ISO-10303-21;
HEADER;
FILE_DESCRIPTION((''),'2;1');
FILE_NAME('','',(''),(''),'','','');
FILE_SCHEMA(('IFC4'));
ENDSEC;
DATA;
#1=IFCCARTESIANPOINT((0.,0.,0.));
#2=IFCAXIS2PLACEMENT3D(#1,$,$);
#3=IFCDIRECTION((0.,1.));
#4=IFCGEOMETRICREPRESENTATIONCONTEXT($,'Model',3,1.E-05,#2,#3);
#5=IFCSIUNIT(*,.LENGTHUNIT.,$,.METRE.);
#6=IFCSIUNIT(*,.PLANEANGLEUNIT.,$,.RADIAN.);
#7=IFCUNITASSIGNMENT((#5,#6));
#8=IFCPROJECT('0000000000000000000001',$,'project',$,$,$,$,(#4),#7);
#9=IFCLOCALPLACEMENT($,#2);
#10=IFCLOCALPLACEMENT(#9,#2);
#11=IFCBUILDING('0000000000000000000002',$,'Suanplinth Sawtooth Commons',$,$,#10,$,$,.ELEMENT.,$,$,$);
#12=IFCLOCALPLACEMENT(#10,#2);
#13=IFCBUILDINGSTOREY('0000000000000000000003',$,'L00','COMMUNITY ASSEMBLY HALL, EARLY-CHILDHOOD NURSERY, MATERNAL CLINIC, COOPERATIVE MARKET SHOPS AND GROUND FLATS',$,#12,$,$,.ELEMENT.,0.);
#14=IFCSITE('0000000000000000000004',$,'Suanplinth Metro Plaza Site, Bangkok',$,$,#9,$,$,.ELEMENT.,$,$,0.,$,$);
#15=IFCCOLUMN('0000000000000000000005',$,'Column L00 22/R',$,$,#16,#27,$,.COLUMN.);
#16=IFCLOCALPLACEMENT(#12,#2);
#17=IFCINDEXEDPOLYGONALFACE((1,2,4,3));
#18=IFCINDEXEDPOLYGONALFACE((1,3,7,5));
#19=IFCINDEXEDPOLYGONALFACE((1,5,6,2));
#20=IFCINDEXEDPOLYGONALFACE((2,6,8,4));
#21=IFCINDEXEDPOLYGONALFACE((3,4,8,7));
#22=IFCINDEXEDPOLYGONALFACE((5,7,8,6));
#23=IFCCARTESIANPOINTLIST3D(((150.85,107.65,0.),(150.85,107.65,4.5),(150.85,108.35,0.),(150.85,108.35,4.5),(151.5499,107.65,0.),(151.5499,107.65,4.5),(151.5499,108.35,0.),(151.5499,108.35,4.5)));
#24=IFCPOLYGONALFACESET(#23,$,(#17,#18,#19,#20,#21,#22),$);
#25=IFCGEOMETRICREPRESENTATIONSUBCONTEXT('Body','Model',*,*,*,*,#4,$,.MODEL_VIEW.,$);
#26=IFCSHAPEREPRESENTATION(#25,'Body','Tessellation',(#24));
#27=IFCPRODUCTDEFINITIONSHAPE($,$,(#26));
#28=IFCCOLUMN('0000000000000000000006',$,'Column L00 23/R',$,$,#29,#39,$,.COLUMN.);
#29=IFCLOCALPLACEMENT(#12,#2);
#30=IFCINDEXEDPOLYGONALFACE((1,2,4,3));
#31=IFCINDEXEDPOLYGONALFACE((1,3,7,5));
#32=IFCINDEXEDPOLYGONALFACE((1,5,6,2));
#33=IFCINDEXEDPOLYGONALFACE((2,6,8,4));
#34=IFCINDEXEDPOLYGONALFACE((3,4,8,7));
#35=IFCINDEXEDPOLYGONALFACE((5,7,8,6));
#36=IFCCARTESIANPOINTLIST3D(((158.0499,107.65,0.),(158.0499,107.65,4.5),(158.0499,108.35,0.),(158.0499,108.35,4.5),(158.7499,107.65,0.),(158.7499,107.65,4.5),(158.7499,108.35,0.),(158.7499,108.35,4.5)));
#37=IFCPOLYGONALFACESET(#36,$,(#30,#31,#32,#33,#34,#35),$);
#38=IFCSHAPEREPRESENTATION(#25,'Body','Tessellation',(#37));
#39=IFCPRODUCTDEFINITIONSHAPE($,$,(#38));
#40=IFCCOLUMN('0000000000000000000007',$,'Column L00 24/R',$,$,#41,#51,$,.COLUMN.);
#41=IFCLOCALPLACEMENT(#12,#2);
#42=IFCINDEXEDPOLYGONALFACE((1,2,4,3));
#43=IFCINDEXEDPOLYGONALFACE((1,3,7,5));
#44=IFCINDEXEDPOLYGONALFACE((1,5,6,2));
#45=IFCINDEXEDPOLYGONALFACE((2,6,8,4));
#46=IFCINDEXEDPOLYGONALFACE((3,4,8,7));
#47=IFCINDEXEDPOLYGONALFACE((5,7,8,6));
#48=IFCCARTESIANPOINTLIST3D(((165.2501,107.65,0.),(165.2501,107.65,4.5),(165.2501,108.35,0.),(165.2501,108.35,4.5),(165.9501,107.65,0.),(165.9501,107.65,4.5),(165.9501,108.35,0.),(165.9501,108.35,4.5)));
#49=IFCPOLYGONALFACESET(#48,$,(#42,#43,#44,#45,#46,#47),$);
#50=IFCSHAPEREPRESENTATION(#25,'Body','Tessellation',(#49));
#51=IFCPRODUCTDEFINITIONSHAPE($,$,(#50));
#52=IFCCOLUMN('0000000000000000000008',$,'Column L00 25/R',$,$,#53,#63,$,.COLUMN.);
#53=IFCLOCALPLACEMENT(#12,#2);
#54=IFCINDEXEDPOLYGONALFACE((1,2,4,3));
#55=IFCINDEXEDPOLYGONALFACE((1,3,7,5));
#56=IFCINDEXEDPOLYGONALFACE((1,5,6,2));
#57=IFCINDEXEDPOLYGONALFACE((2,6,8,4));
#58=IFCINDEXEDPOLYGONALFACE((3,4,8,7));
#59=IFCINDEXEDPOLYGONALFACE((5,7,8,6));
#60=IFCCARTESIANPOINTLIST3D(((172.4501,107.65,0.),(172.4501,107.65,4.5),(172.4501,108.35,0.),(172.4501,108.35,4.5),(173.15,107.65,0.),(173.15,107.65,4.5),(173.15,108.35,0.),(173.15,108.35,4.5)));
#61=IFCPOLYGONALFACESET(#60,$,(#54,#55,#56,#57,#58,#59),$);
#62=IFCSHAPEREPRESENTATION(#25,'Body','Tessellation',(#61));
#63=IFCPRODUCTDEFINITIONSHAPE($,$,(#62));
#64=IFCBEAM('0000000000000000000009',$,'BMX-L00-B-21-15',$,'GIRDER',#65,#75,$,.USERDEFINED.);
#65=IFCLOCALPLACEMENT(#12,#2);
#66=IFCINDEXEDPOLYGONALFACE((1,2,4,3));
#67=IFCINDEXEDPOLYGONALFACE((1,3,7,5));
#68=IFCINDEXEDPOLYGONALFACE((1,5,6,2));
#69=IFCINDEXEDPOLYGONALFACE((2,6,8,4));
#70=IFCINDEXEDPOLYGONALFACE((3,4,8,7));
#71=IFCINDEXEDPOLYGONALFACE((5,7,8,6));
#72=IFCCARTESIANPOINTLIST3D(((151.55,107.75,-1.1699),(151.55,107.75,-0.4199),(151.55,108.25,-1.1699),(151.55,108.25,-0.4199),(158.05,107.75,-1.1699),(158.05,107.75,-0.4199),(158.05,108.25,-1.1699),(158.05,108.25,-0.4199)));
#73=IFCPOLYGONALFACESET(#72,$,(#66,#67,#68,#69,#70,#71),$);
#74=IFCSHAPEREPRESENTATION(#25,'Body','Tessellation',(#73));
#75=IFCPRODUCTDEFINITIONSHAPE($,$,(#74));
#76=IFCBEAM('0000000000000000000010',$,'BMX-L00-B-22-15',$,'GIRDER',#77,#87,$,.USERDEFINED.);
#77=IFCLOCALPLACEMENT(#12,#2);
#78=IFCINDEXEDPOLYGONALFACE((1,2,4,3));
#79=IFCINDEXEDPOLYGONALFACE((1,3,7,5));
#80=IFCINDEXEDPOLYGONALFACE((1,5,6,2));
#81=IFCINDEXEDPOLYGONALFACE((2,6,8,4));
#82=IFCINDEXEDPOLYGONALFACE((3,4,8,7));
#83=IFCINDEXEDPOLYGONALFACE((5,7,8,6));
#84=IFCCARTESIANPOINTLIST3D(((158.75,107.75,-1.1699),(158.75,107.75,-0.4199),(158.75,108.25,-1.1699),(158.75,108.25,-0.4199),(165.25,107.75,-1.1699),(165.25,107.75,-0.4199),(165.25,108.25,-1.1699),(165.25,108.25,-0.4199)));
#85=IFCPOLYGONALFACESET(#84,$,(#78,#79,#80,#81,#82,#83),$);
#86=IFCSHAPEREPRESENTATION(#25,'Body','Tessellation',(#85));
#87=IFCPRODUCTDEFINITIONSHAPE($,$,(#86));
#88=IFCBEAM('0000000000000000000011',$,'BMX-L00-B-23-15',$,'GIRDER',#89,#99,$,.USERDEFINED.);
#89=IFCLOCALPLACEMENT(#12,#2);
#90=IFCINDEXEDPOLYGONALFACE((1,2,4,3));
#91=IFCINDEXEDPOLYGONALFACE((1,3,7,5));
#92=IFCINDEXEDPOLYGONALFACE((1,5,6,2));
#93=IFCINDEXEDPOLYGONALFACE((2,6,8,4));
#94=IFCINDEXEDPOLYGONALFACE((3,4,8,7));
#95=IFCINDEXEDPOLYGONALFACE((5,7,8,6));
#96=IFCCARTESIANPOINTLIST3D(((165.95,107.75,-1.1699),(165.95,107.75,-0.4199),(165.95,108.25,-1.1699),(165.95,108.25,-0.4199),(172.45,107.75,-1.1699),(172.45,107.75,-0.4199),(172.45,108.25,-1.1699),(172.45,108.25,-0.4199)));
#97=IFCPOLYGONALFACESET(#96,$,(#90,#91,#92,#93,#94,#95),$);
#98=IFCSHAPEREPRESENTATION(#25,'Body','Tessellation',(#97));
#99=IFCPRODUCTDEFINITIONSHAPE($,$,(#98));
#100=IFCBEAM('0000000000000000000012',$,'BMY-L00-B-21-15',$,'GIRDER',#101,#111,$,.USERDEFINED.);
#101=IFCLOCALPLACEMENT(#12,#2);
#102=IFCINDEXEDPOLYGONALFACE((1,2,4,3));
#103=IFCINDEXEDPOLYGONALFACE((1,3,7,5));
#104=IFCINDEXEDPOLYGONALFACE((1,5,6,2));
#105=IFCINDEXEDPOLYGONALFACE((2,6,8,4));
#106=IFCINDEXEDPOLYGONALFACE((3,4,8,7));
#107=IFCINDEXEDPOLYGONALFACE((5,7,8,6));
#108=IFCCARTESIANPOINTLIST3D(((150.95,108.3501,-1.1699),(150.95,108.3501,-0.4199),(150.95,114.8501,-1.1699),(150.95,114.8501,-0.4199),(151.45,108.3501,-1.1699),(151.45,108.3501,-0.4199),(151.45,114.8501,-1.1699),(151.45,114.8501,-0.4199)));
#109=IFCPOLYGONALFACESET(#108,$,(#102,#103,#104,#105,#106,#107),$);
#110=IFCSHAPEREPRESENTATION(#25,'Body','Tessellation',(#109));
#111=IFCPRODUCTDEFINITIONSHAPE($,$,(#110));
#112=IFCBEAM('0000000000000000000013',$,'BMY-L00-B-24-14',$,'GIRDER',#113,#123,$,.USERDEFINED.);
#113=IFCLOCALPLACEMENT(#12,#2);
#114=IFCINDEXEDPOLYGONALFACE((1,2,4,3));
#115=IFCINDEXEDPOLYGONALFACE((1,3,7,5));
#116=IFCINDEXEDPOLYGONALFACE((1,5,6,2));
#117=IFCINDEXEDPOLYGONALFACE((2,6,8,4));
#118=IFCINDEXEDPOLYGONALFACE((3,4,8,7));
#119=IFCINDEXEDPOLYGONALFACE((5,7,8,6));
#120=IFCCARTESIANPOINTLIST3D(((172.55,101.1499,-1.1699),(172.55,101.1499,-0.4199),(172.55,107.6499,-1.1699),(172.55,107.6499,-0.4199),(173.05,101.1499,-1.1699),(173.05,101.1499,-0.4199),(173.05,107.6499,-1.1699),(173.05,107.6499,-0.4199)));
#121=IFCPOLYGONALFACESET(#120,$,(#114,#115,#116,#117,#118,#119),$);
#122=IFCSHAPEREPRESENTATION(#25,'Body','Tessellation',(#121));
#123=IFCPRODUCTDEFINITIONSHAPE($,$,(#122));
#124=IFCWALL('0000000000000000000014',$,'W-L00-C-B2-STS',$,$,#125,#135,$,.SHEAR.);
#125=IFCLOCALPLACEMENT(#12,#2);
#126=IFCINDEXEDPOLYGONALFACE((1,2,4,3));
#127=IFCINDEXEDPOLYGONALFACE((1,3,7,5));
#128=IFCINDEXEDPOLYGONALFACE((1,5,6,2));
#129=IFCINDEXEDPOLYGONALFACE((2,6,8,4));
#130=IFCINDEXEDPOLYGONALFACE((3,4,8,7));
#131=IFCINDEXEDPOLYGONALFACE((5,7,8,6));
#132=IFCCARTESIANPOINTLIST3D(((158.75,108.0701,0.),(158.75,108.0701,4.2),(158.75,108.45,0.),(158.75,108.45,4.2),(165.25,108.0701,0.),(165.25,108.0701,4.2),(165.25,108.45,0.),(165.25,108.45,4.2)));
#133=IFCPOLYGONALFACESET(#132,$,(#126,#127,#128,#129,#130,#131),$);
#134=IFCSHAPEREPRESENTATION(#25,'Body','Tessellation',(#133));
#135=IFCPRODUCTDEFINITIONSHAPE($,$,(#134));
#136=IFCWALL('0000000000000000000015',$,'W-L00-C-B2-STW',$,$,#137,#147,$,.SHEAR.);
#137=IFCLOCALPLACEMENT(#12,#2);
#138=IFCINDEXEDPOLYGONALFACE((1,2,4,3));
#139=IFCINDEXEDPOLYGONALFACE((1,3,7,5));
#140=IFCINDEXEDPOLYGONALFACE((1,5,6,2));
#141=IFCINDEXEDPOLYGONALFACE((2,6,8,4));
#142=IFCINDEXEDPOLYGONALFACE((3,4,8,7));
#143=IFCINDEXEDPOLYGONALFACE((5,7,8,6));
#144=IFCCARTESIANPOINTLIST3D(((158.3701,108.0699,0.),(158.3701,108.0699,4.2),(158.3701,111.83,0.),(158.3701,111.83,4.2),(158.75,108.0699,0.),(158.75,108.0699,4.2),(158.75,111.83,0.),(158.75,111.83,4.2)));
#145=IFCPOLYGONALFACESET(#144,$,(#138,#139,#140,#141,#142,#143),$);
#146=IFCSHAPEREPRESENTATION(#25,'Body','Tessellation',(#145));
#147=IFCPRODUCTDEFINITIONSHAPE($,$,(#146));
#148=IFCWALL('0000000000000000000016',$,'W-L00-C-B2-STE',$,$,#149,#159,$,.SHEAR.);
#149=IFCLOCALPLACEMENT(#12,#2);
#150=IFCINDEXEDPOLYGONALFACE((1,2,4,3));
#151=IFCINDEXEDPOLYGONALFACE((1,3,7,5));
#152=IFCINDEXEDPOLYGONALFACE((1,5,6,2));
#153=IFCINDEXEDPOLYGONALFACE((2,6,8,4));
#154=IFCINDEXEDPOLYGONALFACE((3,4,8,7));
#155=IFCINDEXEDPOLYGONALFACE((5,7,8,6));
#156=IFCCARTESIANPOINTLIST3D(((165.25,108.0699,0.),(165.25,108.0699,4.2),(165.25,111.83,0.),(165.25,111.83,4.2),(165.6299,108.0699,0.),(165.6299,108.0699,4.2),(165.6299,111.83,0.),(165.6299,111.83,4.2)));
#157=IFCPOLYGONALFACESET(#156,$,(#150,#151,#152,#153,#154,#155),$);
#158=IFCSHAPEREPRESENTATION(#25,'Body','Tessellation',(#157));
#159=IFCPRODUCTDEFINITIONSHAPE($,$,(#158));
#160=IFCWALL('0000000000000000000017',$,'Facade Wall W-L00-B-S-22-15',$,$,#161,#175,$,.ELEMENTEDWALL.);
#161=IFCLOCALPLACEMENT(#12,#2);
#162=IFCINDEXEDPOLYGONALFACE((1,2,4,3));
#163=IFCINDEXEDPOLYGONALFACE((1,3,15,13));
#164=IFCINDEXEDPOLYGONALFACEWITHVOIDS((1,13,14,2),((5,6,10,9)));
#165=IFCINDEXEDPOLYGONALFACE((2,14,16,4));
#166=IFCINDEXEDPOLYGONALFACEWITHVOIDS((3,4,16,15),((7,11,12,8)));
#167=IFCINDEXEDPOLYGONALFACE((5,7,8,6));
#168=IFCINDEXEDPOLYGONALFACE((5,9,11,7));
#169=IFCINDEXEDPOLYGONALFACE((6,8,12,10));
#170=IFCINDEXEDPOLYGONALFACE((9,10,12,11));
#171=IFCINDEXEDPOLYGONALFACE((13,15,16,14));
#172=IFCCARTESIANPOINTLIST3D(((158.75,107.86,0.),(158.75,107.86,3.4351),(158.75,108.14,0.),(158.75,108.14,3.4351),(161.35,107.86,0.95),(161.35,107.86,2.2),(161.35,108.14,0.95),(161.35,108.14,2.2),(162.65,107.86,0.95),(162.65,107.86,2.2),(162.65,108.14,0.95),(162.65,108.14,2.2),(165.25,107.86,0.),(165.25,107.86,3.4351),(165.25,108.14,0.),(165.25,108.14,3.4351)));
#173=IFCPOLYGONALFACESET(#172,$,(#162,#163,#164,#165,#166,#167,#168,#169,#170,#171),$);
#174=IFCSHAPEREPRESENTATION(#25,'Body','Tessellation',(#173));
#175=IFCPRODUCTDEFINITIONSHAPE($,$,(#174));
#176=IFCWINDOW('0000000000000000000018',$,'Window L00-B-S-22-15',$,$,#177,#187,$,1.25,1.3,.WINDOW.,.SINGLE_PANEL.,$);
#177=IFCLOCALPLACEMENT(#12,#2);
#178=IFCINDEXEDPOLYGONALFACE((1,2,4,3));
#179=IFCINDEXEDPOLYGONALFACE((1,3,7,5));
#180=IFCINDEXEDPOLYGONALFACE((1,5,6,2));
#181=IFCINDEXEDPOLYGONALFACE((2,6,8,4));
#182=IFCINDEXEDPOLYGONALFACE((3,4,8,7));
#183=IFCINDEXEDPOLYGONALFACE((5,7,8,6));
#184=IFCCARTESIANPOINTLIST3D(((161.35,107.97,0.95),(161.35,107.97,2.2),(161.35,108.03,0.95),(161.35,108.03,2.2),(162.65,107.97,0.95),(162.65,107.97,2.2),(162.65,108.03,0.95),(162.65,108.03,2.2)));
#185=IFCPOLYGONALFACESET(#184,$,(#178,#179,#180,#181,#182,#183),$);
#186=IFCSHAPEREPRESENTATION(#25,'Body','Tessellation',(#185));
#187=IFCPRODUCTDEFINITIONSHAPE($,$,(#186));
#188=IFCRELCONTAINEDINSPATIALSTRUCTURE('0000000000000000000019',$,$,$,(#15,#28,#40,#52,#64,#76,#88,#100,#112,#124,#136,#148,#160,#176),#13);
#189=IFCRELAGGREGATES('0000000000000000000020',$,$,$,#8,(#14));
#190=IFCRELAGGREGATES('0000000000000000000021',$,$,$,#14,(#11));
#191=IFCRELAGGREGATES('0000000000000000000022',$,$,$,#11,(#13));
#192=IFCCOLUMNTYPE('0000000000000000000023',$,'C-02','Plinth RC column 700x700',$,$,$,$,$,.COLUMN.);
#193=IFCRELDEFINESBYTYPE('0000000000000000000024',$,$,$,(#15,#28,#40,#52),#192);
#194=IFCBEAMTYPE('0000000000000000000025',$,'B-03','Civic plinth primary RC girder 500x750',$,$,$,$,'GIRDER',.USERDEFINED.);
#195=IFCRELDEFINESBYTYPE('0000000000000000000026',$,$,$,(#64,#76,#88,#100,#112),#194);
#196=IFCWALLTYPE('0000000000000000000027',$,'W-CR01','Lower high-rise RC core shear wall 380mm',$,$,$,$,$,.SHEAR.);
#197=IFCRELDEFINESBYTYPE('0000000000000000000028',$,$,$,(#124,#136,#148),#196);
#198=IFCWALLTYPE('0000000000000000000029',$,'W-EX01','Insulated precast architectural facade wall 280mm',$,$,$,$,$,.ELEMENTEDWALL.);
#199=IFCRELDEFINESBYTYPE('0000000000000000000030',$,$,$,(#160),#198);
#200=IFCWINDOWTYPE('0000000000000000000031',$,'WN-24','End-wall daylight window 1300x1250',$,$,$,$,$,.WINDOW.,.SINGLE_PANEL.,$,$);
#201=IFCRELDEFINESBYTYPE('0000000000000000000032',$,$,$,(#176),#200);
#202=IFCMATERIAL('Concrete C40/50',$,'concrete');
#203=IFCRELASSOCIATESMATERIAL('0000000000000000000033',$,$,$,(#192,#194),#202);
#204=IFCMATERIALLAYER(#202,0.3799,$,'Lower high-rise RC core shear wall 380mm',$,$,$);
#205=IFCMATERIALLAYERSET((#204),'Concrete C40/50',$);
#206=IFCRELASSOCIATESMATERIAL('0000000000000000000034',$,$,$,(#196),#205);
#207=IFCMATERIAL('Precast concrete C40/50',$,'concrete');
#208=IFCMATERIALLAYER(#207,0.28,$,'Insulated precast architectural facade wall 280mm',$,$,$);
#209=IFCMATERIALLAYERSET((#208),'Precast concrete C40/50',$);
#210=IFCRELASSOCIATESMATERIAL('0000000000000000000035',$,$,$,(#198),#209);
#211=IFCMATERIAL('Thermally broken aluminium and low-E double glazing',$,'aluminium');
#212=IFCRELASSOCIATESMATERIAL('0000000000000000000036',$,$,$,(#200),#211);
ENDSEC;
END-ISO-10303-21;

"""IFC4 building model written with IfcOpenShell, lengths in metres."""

from ifc_helpers import new_model, si_unit, direction, frame, frame_2d, origin, origin_2d, place, context, subcontext, project, spatial, rectangle, extrude, material, layer, layer_set, material_profile, profile_set, type_object, element, fill, save


model = new_model("IFC4")

# Units and contexts
model_context = context("Model", 3, precision=1e-05, world=origin(), true_north=direction((0.0, 1.0)))
body_context = subcontext(model_context, "Body", "Model", "MODEL_VIEW")
ifc_project = project(units=[si_unit("LENGTHUNIT", "METRE"), si_unit("PLANEANGLEUNIT", "RADIAN")], contexts=[model_context])

# Site, building, storey
site_placement = place(None, origin())
site = spatial("IfcSite", under=ifc_project, at=site_placement, Name="Suanplinth Metro Plaza Site, Bangkok", CompositionType="ELEMENT", RefElevation=0.0)
building_placement = place(site_placement, origin())
building = spatial("IfcBuilding", under=site, at=building_placement, Name="Suanplinth Sawtooth Commons", CompositionType="ELEMENT")
storey_placement = place(building_placement, origin())
storey = spatial("IfcBuildingStorey", under=building, at=storey_placement, Name="L00", Description="COMMUNITY ASSEMBLY HALL, EARLY-CHILDHOOD NURSERY, MATERNAL CLINIC, COOPERATIVE MARKET SHOPS AND GROUND FLATS", CompositionType="ELEMENT", Elevation=0.0)

# Columns
ifc_material_1 = material(Name="Concrete C40/50", Category="concrete")
ifc_material_profile_1 = material_profile(ifc_material_1, rectangle(XDim=0.7, YDim=0.7, at=origin_2d()), Name="RC-COL 700x700")
ifc_profile_set_1 = profile_set([ifc_material_profile_1], Name="Concrete C40/50")
column_type = type_object("IfcColumnType", Name="C-02", Description="Plinth RC column 700x700", PredefinedType="COLUMN", material=ifc_profile_set_1)
for number, where, z_axis, x_axis, name in (
    (1, (151.2, 108.0, 0.0), (0.0, 0.0, 1.0), (1.0, 0.0, 0.0), "Column L00 22/R"),
    (2, (158.3999, 108.0, 0.0), (0.0, 0.0, 1.0), (1.0, 0.0, 0.0), "Column L00 23/R"),
    (3, (165.6001, 108.0, 0.0), (0.0, 0.0, 1.0), (1.0, 0.0, 0.0), "Column L00 24/R"),
    (4, (172.8, 108.0, 0.0), (0.0, 0.0, 1.0), (1.0, 0.0, 0.0), "Column L00 25/R"),
):
    element("IfcColumn", number, at=place(storey_placement, frame(where, z_axis=z_axis, x_axis=x_axis)), inside=storey, type_object=column_type, Name=name, PredefinedType="COLUMN", context=body_context, shape_type="SweptSolid", body=[
        extrude(rectangle(XDim=0.7, YDim=0.7, at=origin_2d()), origin(), (0.0, 0.0, 1.0), 4.5),
    ])

# Beams
ifc_material_profile_2 = material_profile(ifc_material_1, rectangle(XDim=0.5, YDim=0.75, at=origin_2d()), Name="RC-GDR 500x750")
ifc_profile_set_2 = profile_set([ifc_material_profile_2], Name="Concrete C40/50")
beam_type = type_object("IfcBeamType", Name="B-03", Description="Civic plinth primary RC girder 500x750", ElementType="GIRDER", PredefinedType="USERDEFINED", material=ifc_profile_set_2)
for number, where, z_axis, x_axis, name in (
    (5, (151.55, 108.0, -0.7949), (1.0, 0.0, 0.0), (0.0, 1.0, 0.0), "BMX-L00-B-21-15"),
    (6, (158.75, 108.0, -0.7949), (1.0, 0.0, 0.0), (0.0, 1.0, 0.0), "BMX-L00-B-22-15"),
    (7, (165.95, 108.0, -0.7949), (1.0, 0.0, 0.0), (0.0, 1.0, 0.0), "BMX-L00-B-23-15"),
    (8, (151.2, 108.3501, -0.7949), (0.0, 1.0, 0.0), (-1.0, 0.0, 0.0), "BMY-L00-B-21-15"),
    (9, (172.8, 101.1499, -0.7949), (0.0, 1.0, 0.0), (-1.0, 0.0, 0.0), "BMY-L00-B-24-14"),
):
    element("IfcBeam", number, at=place(storey_placement, frame(where, z_axis=z_axis, x_axis=x_axis)), inside=storey, type_object=beam_type, Name=name, ObjectType="GIRDER", PredefinedType="USERDEFINED", context=body_context, shape_type="SweptSolid", body=[
        extrude(rectangle(XDim=0.5, YDim=0.75, at=origin_2d()), origin(), (0.0, 0.0, 1.0), 6.5),
    ])

# Walls
ifc_layer_1 = layer(ifc_material_1, 0.3799, Name="Lower high-rise RC core shear wall 380mm")
ifc_layer_set_1 = layer_set([ifc_layer_1], Name="Concrete C40/50")
wall_type_1 = type_object("IfcWallType", Name="W-CR01", Description="Lower high-rise RC core shear wall 380mm", PredefinedType="SHEAR", material=ifc_layer_set_1)
wall_1_placement = place(storey_placement, frame((158.75, 108.26, 0.0), z_axis=(0.0, 0.0, 1.0), x_axis=(1.0, 0.0, 0.0)))
element("IfcWall", 10, at=wall_1_placement, inside=storey, type_object=wall_type_1, Name="W-L00-C-B2-STS", PredefinedType="SHEAR", context=body_context, shape_type="SweptSolid", body=[
    extrude(rectangle(XDim=6.5, YDim=0.3799, at=frame_2d((3.25, 0.0))), origin(), (0.0, 0.0, 1.0), 4.2),
])
for number, where, z_axis, x_axis, name in (
    (11, (158.5601, 108.0701, 0.0), (0.0, 0.0, 1.0), (0.0, 1.0, 0.0), "W-L00-C-B2-STW"),
    (12, (165.4399, 108.0701, 0.0), (0.0, 0.0, 1.0), (0.0, 1.0, 0.0), "W-L00-C-B2-STE"),
):
    element("IfcWall", number, at=place(storey_placement, frame(where, z_axis=z_axis, x_axis=x_axis)), inside=storey, type_object=wall_type_1, Name=name, PredefinedType="SHEAR", context=body_context, shape_type="SweptSolid", body=[
        extrude(rectangle(XDim=3.76, YDim=0.3799, at=frame_2d((1.8799, 0.0))), origin(), (0.0, 0.0, 1.0), 4.2),
    ])

# Shared definitions
ifc_material_2 = material(Name="Precast concrete C40/50", Category="concrete")
ifc_layer_2 = layer(ifc_material_2, 0.28, Name="Insulated precast architectural facade wall 280mm")
ifc_layer_set_2 = layer_set([ifc_layer_2], Name="Precast concrete C40/50")
wall_type_2 = type_object("IfcWallType", Name="W-EX01", Description="Insulated precast architectural facade wall 280mm", PredefinedType="ELEMENTEDWALL", material=ifc_layer_set_2)

# Wall, opening, window
wall_2_placement = place(storey_placement, frame((158.75, 108.0, 0.0), z_axis=(0.0, 0.0, 1.0), x_axis=(1.0, 0.0, 0.0)))
wall_2 = element("IfcWall", 13, at=wall_2_placement, inside=storey, type_object=wall_type_2, Name="Facade Wall W-L00-B-S-22-15", PredefinedType="ELEMENTEDWALL", context=body_context, shape_type="SweptSolid", body=[
    extrude(rectangle(XDim=6.5, YDim=0.28, at=frame_2d((3.25, 0.0))), origin(), (0.0, 0.0, 1.0), 3.4351),
])
opening_1_placement = place(wall_2_placement, frame((2.6001, 0.0, 0.95)))
opening_1 = element("IfcOpeningElement", 14, at=opening_1_placement, cuts=wall_2, PredefinedType="OPENING", context=body_context, shape_type="SweptSolid", body=[
    extrude(rectangle(XDim=1.3, YDim=1.25, at=frame_2d((0.6499, 0.625))), frame((0.0, 0.1548, 0.0), z_axis=(0.0, -1.0, 0.0), x_axis=(1.0, 0.0, 0.0)), (0.0, 0.0, 1.0), 0.3098),
])
ifc_material_3 = material(Name="Thermally broken aluminium and low-E double glazing", Category="aluminium")
window_type_1 = type_object("IfcWindowType", Name="WN-24", Description="End-wall daylight window 1300x1250", PartitioningType="SINGLE_PANEL", PredefinedType="WINDOW", material=ifc_material_3)
window_1_placement = place(opening_1_placement, origin())
window_1 = element("IfcWindow", 15, at=window_1_placement, inside=storey, type_object=window_type_1, Name="Window L00-B-S-22-15", OverallHeight=1.25, OverallWidth=1.3, PartitioningType="SINGLE_PANEL", PredefinedType="WINDOW", context=body_context, shape_type="SweptSolid", body=[
    extrude(rectangle(XDim=1.3, YDim=1.25, at=frame_2d((0.6499, 0.625))), frame((0.0, 0.03, 0.0), z_axis=(0.0, -1.0, 0.0), x_axis=(1.0, 0.0, 0.0)), (0.0, 0.0, 1.0), 0.0601),
])
fill(opening_1, window_1)

save(model, "model.ifc")
